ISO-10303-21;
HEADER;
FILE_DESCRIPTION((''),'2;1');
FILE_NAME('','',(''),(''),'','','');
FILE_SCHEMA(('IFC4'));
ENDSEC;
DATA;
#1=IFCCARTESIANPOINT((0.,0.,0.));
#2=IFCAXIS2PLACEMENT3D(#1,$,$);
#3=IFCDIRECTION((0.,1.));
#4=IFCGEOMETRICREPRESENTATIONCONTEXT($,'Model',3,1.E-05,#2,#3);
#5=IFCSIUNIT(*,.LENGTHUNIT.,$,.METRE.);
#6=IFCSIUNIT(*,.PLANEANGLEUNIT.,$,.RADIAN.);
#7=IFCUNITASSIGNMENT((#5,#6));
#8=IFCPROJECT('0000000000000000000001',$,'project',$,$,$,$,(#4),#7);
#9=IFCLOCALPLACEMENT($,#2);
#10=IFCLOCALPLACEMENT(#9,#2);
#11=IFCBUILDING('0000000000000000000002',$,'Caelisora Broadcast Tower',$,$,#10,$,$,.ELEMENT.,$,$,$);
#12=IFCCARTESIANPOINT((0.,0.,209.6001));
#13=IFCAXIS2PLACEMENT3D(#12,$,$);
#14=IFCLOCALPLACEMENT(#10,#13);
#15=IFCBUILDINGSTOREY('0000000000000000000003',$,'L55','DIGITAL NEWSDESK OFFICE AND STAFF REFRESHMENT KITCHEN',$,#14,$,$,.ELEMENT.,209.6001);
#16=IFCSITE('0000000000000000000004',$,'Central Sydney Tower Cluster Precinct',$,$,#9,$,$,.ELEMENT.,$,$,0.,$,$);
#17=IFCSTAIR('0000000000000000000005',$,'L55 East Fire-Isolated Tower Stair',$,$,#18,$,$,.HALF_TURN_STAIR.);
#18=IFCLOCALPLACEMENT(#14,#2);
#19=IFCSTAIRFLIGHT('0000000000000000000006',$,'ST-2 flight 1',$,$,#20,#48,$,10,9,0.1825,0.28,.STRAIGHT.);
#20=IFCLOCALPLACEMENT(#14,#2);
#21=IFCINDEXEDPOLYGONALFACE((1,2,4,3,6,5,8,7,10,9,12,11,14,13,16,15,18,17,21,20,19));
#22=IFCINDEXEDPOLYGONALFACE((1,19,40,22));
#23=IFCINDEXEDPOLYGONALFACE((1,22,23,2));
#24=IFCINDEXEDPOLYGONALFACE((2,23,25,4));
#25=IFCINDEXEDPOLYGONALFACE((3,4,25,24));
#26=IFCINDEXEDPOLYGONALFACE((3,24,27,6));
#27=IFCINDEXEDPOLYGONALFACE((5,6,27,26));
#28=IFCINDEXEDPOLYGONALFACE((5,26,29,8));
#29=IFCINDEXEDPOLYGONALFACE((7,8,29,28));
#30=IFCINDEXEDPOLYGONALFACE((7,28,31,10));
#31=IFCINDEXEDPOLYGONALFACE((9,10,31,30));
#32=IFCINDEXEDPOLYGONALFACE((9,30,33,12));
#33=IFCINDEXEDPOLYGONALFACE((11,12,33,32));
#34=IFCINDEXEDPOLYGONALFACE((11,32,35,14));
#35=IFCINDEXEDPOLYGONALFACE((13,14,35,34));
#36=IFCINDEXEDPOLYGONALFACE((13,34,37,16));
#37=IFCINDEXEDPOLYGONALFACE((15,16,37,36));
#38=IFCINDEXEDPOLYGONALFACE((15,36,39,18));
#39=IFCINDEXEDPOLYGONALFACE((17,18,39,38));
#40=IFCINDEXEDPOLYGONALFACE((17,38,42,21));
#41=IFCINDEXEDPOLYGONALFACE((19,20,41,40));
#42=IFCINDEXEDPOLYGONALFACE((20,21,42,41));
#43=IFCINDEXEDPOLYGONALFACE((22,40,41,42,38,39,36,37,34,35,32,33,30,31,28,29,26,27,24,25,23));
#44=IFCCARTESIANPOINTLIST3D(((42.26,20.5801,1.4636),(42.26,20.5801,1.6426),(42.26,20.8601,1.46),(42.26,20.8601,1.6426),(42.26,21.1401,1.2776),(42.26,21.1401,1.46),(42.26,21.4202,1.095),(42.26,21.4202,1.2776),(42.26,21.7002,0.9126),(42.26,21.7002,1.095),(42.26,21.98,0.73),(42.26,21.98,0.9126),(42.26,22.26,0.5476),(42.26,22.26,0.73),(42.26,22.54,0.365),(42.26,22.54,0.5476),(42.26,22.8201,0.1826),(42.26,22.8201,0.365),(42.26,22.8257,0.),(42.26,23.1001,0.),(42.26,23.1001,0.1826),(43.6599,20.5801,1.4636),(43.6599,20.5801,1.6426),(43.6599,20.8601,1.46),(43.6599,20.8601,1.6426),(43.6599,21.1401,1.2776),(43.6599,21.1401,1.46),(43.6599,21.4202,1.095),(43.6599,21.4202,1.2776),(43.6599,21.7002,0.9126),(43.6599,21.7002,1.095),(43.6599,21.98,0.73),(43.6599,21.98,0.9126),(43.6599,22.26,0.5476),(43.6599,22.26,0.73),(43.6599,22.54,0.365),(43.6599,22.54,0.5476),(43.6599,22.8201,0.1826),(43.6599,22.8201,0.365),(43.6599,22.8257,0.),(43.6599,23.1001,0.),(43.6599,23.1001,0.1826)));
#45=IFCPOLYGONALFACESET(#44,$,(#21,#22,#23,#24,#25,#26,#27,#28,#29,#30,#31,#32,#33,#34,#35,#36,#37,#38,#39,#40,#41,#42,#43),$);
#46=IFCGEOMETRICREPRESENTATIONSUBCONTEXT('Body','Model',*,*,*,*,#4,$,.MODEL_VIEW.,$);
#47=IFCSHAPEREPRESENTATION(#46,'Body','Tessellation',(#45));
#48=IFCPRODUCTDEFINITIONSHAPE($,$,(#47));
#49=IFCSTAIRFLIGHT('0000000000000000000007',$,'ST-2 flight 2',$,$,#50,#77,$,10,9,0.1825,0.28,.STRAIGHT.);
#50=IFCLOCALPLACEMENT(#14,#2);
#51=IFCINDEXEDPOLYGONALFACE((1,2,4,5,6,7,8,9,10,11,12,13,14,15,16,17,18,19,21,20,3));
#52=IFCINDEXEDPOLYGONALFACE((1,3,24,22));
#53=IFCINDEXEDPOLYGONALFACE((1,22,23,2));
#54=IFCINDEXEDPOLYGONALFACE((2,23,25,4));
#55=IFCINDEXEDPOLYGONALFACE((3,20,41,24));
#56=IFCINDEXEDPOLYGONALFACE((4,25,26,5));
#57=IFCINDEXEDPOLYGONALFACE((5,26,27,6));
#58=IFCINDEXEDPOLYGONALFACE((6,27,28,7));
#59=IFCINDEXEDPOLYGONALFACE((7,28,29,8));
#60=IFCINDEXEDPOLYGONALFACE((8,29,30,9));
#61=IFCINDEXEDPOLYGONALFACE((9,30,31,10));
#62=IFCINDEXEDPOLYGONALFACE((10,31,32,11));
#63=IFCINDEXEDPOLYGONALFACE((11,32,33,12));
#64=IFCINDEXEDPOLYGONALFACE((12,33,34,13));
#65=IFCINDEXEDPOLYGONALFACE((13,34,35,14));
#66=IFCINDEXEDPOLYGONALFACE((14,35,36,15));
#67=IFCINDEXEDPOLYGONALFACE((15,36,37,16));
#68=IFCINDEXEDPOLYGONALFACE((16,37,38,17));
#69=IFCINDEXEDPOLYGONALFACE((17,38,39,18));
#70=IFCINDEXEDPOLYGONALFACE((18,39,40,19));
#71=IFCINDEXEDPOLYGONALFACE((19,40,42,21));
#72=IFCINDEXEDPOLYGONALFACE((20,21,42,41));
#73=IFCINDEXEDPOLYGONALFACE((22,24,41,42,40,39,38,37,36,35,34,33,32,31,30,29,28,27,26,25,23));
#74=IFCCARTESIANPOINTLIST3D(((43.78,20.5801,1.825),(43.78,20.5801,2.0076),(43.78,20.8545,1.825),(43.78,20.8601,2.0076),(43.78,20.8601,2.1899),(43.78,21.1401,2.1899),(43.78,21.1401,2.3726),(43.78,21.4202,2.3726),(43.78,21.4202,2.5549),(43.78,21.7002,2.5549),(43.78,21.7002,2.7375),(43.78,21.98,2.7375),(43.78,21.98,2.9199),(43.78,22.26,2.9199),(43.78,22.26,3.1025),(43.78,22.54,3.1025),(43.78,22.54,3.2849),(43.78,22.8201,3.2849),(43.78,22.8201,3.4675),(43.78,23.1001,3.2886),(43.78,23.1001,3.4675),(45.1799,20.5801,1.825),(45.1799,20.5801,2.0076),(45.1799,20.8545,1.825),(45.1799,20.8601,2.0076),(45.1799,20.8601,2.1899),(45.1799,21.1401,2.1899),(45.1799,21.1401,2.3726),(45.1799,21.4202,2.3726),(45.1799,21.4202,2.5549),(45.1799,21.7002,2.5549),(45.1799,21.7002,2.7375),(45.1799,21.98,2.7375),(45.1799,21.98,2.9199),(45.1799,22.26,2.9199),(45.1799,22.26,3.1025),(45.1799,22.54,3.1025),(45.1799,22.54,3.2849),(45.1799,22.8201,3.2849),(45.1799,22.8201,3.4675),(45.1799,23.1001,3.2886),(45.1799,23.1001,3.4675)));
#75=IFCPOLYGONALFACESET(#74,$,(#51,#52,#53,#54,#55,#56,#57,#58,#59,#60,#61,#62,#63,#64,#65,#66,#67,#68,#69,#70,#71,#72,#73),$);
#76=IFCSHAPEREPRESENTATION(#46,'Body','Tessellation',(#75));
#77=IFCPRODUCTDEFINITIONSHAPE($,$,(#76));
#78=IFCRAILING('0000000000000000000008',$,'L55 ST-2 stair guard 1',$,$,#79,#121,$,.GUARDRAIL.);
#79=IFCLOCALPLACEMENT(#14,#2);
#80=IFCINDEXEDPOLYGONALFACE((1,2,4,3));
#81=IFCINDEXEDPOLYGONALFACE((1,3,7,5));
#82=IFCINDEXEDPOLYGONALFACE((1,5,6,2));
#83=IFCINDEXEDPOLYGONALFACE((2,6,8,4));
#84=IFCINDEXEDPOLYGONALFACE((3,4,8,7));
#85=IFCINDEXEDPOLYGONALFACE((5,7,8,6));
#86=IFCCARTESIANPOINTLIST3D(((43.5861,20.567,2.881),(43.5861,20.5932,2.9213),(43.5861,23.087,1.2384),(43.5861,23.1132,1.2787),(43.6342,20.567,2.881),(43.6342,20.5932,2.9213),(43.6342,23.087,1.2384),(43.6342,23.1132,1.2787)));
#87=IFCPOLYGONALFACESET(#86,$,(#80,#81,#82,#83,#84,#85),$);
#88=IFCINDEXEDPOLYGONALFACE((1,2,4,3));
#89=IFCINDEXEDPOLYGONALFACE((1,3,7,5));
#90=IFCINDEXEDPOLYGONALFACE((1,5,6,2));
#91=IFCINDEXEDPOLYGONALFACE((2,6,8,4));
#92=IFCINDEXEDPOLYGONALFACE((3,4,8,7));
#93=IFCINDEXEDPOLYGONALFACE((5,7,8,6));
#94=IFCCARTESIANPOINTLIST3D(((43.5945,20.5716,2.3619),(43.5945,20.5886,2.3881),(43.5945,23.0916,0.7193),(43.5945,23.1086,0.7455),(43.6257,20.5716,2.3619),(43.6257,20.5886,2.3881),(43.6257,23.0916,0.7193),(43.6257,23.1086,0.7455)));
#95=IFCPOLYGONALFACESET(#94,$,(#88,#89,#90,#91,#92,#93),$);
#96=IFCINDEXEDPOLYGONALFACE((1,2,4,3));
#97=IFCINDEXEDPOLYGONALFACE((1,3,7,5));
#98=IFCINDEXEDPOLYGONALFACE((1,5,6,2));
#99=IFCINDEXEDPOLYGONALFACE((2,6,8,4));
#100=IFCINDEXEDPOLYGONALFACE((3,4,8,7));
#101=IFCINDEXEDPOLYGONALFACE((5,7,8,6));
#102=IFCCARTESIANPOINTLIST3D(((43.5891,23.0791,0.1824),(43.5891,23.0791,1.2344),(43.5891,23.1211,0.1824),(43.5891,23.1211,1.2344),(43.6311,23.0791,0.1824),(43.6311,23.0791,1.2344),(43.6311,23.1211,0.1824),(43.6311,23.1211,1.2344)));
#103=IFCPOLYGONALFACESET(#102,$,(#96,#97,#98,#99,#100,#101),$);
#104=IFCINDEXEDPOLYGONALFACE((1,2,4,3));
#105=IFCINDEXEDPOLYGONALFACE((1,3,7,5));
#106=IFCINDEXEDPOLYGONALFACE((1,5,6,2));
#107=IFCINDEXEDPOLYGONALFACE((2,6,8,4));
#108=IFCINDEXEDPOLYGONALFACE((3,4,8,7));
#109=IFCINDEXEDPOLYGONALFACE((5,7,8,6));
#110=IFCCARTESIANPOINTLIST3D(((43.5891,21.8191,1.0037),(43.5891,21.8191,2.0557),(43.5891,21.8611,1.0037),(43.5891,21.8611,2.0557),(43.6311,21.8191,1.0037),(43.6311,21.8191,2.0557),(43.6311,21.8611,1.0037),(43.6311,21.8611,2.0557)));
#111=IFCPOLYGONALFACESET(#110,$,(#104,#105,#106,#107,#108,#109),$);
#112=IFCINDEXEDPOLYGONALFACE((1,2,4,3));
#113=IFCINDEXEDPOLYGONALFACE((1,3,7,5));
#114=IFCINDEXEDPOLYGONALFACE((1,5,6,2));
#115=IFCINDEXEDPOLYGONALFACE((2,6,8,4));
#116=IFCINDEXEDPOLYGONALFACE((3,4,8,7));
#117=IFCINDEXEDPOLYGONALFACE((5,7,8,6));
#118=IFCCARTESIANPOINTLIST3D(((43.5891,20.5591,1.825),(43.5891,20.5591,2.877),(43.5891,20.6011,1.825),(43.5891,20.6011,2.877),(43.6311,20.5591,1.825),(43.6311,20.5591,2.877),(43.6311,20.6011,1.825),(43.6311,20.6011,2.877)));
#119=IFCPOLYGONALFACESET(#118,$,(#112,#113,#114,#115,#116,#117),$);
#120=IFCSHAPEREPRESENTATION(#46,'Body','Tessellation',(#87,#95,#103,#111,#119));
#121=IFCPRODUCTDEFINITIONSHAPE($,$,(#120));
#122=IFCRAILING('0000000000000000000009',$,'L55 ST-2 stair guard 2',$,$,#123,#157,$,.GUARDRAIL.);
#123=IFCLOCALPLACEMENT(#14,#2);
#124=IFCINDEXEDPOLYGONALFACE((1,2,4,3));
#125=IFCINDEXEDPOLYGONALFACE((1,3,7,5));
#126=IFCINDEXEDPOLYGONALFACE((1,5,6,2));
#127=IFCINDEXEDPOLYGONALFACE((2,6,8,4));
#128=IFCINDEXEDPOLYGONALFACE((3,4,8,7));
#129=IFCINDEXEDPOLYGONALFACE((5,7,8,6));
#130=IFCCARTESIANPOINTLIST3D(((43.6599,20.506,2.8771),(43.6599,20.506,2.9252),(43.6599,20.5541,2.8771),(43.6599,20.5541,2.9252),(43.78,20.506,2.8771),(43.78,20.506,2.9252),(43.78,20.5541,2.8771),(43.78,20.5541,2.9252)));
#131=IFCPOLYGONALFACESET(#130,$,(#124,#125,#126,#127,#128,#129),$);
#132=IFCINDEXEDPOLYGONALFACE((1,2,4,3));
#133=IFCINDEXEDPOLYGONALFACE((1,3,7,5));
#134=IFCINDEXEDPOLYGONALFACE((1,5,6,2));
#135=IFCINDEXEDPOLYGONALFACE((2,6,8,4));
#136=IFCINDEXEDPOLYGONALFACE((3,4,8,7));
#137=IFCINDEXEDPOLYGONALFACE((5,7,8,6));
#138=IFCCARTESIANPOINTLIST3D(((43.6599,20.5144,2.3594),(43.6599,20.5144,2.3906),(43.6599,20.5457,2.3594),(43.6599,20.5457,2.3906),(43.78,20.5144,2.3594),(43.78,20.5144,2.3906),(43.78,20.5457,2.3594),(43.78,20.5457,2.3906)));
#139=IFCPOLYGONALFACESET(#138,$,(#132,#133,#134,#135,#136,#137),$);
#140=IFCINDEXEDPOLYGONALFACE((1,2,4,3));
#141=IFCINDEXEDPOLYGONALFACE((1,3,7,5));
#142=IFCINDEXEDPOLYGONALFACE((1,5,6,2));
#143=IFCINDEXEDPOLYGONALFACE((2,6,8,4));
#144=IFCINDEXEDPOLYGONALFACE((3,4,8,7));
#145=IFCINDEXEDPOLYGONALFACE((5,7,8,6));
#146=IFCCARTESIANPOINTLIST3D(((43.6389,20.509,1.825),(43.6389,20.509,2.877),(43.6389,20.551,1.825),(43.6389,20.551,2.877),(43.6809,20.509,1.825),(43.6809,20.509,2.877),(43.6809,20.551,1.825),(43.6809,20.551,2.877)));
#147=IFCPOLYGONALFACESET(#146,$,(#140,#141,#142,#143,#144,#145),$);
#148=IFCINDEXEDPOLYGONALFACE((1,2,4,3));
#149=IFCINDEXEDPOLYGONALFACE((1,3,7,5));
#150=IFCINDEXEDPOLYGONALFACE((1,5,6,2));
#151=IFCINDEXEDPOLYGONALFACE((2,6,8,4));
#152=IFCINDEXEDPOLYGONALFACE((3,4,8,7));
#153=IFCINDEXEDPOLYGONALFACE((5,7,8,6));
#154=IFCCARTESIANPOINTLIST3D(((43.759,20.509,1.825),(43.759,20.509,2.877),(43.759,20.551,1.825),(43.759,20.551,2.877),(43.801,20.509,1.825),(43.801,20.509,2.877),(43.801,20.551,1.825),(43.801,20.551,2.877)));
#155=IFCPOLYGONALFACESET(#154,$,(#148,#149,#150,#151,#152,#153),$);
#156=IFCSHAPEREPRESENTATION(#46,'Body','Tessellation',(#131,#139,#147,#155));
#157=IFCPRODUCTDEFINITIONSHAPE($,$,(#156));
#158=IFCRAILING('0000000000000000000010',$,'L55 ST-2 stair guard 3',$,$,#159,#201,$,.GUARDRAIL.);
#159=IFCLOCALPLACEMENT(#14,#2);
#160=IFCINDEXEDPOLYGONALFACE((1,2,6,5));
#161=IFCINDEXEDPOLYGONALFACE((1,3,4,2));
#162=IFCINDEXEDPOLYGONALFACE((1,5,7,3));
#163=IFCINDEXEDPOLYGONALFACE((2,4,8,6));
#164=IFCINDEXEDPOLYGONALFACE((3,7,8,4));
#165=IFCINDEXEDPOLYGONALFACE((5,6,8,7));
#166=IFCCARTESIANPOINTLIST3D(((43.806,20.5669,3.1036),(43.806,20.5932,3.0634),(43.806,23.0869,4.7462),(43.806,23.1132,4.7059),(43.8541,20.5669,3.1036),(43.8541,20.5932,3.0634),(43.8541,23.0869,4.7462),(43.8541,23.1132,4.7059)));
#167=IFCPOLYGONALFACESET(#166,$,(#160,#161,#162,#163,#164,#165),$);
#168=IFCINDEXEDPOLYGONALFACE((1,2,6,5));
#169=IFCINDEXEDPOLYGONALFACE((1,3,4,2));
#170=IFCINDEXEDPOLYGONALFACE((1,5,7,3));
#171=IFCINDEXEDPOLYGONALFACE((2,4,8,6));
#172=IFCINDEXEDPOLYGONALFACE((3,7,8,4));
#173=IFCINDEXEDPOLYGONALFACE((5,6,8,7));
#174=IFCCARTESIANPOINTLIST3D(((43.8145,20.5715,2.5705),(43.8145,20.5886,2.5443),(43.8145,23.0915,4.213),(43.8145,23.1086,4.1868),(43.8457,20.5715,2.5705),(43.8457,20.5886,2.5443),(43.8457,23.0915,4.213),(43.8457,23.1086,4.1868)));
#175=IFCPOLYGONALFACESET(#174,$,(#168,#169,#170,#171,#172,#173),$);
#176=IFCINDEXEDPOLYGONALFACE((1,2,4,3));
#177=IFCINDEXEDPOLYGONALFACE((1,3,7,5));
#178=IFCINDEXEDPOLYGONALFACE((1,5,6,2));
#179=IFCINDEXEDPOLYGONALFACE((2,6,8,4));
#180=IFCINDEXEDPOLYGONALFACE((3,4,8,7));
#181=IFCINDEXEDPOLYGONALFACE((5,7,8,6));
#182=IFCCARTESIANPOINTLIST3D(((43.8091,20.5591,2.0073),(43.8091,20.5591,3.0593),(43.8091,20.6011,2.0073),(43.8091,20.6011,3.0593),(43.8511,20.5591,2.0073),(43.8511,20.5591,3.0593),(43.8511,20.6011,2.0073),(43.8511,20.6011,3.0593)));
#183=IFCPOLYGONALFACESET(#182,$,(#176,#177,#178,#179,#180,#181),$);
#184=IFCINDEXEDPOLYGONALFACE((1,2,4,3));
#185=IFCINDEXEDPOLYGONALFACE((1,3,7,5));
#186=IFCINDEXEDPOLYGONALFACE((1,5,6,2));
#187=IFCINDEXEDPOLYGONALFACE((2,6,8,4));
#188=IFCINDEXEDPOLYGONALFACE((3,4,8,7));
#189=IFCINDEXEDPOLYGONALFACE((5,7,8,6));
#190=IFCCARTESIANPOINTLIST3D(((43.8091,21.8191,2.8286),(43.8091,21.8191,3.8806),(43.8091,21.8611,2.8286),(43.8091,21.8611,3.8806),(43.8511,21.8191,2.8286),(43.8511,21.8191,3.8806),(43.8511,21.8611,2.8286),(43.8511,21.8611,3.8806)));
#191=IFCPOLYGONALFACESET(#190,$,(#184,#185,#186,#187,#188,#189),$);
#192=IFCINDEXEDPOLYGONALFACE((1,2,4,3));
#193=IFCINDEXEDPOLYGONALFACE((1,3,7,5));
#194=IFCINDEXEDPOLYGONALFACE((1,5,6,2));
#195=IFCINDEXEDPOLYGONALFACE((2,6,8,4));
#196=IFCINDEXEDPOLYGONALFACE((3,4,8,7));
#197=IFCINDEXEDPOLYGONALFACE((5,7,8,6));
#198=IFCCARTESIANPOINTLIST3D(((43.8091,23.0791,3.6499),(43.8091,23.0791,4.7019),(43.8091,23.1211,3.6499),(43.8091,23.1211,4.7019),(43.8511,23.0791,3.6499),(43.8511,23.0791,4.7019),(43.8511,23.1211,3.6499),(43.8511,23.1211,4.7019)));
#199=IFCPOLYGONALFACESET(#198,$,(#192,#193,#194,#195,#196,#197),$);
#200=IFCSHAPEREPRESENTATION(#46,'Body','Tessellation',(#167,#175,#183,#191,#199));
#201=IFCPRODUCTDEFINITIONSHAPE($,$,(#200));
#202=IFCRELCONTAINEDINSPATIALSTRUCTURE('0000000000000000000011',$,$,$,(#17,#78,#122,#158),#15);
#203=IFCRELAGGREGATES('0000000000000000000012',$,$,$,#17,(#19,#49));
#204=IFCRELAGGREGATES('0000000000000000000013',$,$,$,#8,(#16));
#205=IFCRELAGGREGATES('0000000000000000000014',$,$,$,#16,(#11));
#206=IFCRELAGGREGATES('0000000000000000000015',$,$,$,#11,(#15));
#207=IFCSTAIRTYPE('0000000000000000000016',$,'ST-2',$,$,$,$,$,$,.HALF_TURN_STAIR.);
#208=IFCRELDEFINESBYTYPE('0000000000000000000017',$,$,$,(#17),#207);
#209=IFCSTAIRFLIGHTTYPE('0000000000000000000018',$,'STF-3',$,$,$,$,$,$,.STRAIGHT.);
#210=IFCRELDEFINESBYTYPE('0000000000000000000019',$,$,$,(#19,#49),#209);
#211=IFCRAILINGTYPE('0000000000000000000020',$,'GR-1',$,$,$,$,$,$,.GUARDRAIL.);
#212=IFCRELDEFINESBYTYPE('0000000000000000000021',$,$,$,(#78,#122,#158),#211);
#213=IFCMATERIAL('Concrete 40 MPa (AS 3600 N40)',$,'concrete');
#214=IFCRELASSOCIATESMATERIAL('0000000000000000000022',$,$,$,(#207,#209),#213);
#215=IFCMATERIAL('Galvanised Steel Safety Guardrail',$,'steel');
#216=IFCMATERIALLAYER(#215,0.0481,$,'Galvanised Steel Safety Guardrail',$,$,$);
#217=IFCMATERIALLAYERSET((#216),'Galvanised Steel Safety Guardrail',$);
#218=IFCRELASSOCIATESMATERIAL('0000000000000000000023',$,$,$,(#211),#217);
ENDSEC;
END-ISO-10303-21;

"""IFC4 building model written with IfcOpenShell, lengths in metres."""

from ifc_helpers import new_model, si_unit, direction, frame, origin, origin_2d, place, context, subcontext, project, spatial, polyline, rectangle, outline, extrude, material, layer, layer_set, type_object, element, aggregate, save


model = new_model("IFC4")

# Units and contexts
model_context = context("Model", 3, precision=1e-05, world=origin(), true_north=direction((0.0, 1.0)))
body_context = subcontext(model_context, "Body", "Model", "MODEL_VIEW")
ifc_project = project(units=[si_unit("LENGTHUNIT", "METRE"), si_unit("PLANEANGLEUNIT", "RADIAN")], contexts=[model_context])

# Site, building, storey
site_placement = place(None, origin())
site = spatial("IfcSite", under=ifc_project, at=site_placement, Name="Central Sydney Tower Cluster Precinct", CompositionType="ELEMENT", RefElevation=0.0)
building_placement = place(site_placement, origin())
building = spatial("IfcBuilding", under=site, at=building_placement, Name="Caelisora Broadcast Tower", CompositionType="ELEMENT")
storey_placement = place(building_placement, frame((0.0, 0.0, 209.6001)))
storey = spatial("IfcBuildingStorey", under=building, at=storey_placement, Name="L55", Description="DIGITAL NEWSDESK OFFICE AND STAFF REFRESHMENT KITCHEN", CompositionType="ELEMENT", Elevation=209.6001)

# Stair, stair flights
ifc_material_1 = material(Name="Concrete 40 MPa (AS 3600 N40)", Category="concrete")
stair_type = type_object("IfcStairType", Name="ST-2", PredefinedType="HALF_TURN_STAIR", material=ifc_material_1)
stair_placement = place(storey_placement, origin())
stair = element("IfcStair", 1, at=stair_placement, inside=storey, type_object=stair_type, Name="L55 East Fire-Isolated Tower Stair", PredefinedType="HALF_TURN_STAIR")
stair_flight_type = type_object("IfcStairFlightType", Name="STF-3", PredefinedType="STRAIGHT", material=ifc_material_1)
stair_flight_1_placement = place(storey_placement, frame((42.96, 23.1001, 0.0), z_axis=(0.0, 0.0, 1.0), x_axis=(0.0, -1.0, 0.0)))
stair_flight_1 = element("IfcStairFlight", 2, at=stair_flight_1_placement, type_object=stair_flight_type, Name="ST-2 flight 1", NumberOfRisers=10, NumberOfTreads=9, PredefinedType="STRAIGHT", RiserHeight=0.1825, TreadLength=0.28, context=body_context, shape_type="SweptSolid", body=[
    extrude(outline(polyline([(0.0, 0.0), (0.0, 0.1826), (0.28, 0.1826), (0.28, 0.365), (0.5601, 0.365), (0.5601, 0.5476), (0.8401, 0.5476), (0.8401, 0.73), (1.1201, 0.73), (1.1201, 0.9126), (1.3999, 0.9126), (1.3999, 1.095), (1.6799, 1.095), (1.6799, 1.2776), (1.96, 1.2776), (1.96, 1.46), (2.24, 1.46), (2.24, 1.6426), (2.52, 1.6426), (2.52, 1.825), (2.52, 1.4636), (0.2744, 0.0), (0.0, 0.0)])), frame((0.0, 0.7, 0.0), z_axis=(0.0, -1.0, 0.0), x_axis=(1.0, 0.0, 0.0)), (0.0, 0.0, 1.0), 1.3999),
])
stair_flight_2_placement = place(storey_placement, frame((44.48, 20.5801, 1.825), z_axis=(0.0, 0.0, 1.0), x_axis=(0.0, 1.0, 0.0)))
stair_flight_2 = element("IfcStairFlight", 3, at=stair_flight_2_placement, type_object=stair_flight_type, Name="ST-2 flight 2", NumberOfRisers=10, NumberOfTreads=9, PredefinedType="STRAIGHT", RiserHeight=0.1825, TreadLength=0.28, context=body_context, shape_type="SweptSolid", body=[
    extrude(outline(polyline([(0.0, 0.0), (0.0, 0.1826), (0.28, 0.1826), (0.28, 0.365), (0.5601, 0.365), (0.5601, 0.5476), (0.8401, 0.5476), (0.8401, 0.73), (1.1201, 0.73), (1.1201, 0.9126), (1.3999, 0.9126), (1.3999, 1.095), (1.6799, 1.095), (1.6799, 1.2776), (1.96, 1.2776), (1.96, 1.46), (2.24, 1.46), (2.24, 1.6426), (2.52, 1.6426), (2.52, 1.825), (2.52, 1.4636), (0.2744, 0.0), (0.0, 0.0)])), frame((0.0, 0.7, 0.0), z_axis=(0.0, -1.0, 0.0), x_axis=(1.0, 0.0, 0.0)), (0.0, 0.0, 1.0), 1.3999),
])
aggregate(stair, [stair_flight_1, stair_flight_2])

# Railings
ifc_material_2 = material(Name="Galvanised Steel Safety Guardrail", Category="steel")
ifc_layer_1 = layer(ifc_material_2, 0.0481, Name="Galvanised Steel Safety Guardrail")
ifc_layer_set_1 = layer_set([ifc_layer_1], Name="Galvanised Steel Safety Guardrail")
railing_type_1 = type_object("IfcRailingType", Name="GR-1", PredefinedType="GUARDRAIL", material=ifc_layer_set_1)
railing_1_placement = place(storey_placement, frame((43.6101, 23.1001, 0.1824)))
element("IfcRailing", 4, at=railing_1_placement, inside=storey, type_object=railing_type_1, Name="L55 ST-2 stair guard 1", PredefinedType="GUARDRAIL", context=body_context, shape_type="SweptSolid", body=[
    extrude(rectangle(XDim=0.0481, YDim=0.0481, at=origin_2d()), frame((0.0, 0.0, 1.0762), z_axis=(0.0, -0.837749, 0.546055), x_axis=(1.0, 0.0, 0.0)), (0.0, 0.0, 1.0), 3.0081),
    extrude(rectangle(XDim=0.0312, YDim=0.0312, at=origin_2d()), frame((0.0, 0.0, 0.55), z_axis=(0.0, -0.837749, 0.546055), x_axis=(1.0, 0.0, 0.0)), (0.0, 0.0, 1.0), 3.0081),
    extrude(rectangle(XDim=0.042, YDim=0.042, at=origin_2d()), origin(), (0.0, 0.0, 1.0), 1.052),
    extrude(rectangle(XDim=0.042, YDim=0.042, at=origin_2d()), frame((0.0, -1.26, 0.8213)), (0.0, 0.0, 1.0), 1.052),
    extrude(rectangle(XDim=0.042, YDim=0.042, at=origin_2d()), frame((0.0, -2.52, 1.6426)), (0.0, 0.0, 1.0), 1.052),
])
railing_2_placement = place(storey_placement, frame((43.6599, 20.53, 1.825)))
element("IfcRailing", 5, at=railing_2_placement, inside=storey, type_object=railing_type_1, Name="L55 ST-2 stair guard 2", PredefinedType="GUARDRAIL", context=body_context, shape_type="SweptSolid", body=[
    extrude(rectangle(XDim=0.0481, YDim=0.0481, at=origin_2d()), frame((0.0, 0.0, 1.0762), z_axis=(1.0, 0.0, 0.0), x_axis=(0.0, 1.0, 0.0)), (0.0, 0.0, 1.0), 0.1201),
    extrude(rectangle(XDim=0.0312, YDim=0.0312, at=origin_2d()), frame((0.0, 0.0, 0.55), z_axis=(1.0, 0.0, 0.0), x_axis=(0.0, 1.0, 0.0)), (0.0, 0.0, 1.0), 0.1201),
    extrude(rectangle(XDim=0.042, YDim=0.042, at=origin_2d()), origin(), (0.0, 0.0, 1.0), 1.052),
    extrude(rectangle(XDim=0.042, YDim=0.042, at=origin_2d()), frame((0.1201, 0.0, 0.0)), (0.0, 0.0, 1.0), 1.052),
])
railing_3_placement = place(storey_placement, frame((43.8301, 20.5801, 2.0073)))
element("IfcRailing", 6, at=railing_3_placement, inside=storey, type_object=railing_type_1, Name="L55 ST-2 stair guard 3", PredefinedType="GUARDRAIL", context=body_context, shape_type="SweptSolid", body=[
    extrude(rectangle(XDim=0.0481, YDim=0.0481, at=origin_2d()), frame((0.0, 0.0, 1.0762), z_axis=(0.0, 0.837749, 0.546055), x_axis=(-1.0, 0.0, 0.0)), (0.0, 0.0, 1.0), 3.0081),
    extrude(rectangle(XDim=0.0312, YDim=0.0312, at=origin_2d()), frame((0.0, 0.0, 0.55), z_axis=(0.0, 0.837749, 0.546055), x_axis=(-1.0, 0.0, 0.0)), (0.0, 0.0, 1.0), 3.0081),
    extrude(rectangle(XDim=0.042, YDim=0.042, at=origin_2d()), origin(), (0.0, 0.0, 1.0), 1.052),
    extrude(rectangle(XDim=0.042, YDim=0.042, at=origin_2d()), frame((0.0, 1.26, 0.8213)), (0.0, 0.0, 1.0), 1.052),
    extrude(rectangle(XDim=0.042, YDim=0.042, at=origin_2d()), frame((0.0, 2.52, 1.6426)), (0.0, 0.0, 1.0), 1.052),
])

save(model, "model.ifc")
